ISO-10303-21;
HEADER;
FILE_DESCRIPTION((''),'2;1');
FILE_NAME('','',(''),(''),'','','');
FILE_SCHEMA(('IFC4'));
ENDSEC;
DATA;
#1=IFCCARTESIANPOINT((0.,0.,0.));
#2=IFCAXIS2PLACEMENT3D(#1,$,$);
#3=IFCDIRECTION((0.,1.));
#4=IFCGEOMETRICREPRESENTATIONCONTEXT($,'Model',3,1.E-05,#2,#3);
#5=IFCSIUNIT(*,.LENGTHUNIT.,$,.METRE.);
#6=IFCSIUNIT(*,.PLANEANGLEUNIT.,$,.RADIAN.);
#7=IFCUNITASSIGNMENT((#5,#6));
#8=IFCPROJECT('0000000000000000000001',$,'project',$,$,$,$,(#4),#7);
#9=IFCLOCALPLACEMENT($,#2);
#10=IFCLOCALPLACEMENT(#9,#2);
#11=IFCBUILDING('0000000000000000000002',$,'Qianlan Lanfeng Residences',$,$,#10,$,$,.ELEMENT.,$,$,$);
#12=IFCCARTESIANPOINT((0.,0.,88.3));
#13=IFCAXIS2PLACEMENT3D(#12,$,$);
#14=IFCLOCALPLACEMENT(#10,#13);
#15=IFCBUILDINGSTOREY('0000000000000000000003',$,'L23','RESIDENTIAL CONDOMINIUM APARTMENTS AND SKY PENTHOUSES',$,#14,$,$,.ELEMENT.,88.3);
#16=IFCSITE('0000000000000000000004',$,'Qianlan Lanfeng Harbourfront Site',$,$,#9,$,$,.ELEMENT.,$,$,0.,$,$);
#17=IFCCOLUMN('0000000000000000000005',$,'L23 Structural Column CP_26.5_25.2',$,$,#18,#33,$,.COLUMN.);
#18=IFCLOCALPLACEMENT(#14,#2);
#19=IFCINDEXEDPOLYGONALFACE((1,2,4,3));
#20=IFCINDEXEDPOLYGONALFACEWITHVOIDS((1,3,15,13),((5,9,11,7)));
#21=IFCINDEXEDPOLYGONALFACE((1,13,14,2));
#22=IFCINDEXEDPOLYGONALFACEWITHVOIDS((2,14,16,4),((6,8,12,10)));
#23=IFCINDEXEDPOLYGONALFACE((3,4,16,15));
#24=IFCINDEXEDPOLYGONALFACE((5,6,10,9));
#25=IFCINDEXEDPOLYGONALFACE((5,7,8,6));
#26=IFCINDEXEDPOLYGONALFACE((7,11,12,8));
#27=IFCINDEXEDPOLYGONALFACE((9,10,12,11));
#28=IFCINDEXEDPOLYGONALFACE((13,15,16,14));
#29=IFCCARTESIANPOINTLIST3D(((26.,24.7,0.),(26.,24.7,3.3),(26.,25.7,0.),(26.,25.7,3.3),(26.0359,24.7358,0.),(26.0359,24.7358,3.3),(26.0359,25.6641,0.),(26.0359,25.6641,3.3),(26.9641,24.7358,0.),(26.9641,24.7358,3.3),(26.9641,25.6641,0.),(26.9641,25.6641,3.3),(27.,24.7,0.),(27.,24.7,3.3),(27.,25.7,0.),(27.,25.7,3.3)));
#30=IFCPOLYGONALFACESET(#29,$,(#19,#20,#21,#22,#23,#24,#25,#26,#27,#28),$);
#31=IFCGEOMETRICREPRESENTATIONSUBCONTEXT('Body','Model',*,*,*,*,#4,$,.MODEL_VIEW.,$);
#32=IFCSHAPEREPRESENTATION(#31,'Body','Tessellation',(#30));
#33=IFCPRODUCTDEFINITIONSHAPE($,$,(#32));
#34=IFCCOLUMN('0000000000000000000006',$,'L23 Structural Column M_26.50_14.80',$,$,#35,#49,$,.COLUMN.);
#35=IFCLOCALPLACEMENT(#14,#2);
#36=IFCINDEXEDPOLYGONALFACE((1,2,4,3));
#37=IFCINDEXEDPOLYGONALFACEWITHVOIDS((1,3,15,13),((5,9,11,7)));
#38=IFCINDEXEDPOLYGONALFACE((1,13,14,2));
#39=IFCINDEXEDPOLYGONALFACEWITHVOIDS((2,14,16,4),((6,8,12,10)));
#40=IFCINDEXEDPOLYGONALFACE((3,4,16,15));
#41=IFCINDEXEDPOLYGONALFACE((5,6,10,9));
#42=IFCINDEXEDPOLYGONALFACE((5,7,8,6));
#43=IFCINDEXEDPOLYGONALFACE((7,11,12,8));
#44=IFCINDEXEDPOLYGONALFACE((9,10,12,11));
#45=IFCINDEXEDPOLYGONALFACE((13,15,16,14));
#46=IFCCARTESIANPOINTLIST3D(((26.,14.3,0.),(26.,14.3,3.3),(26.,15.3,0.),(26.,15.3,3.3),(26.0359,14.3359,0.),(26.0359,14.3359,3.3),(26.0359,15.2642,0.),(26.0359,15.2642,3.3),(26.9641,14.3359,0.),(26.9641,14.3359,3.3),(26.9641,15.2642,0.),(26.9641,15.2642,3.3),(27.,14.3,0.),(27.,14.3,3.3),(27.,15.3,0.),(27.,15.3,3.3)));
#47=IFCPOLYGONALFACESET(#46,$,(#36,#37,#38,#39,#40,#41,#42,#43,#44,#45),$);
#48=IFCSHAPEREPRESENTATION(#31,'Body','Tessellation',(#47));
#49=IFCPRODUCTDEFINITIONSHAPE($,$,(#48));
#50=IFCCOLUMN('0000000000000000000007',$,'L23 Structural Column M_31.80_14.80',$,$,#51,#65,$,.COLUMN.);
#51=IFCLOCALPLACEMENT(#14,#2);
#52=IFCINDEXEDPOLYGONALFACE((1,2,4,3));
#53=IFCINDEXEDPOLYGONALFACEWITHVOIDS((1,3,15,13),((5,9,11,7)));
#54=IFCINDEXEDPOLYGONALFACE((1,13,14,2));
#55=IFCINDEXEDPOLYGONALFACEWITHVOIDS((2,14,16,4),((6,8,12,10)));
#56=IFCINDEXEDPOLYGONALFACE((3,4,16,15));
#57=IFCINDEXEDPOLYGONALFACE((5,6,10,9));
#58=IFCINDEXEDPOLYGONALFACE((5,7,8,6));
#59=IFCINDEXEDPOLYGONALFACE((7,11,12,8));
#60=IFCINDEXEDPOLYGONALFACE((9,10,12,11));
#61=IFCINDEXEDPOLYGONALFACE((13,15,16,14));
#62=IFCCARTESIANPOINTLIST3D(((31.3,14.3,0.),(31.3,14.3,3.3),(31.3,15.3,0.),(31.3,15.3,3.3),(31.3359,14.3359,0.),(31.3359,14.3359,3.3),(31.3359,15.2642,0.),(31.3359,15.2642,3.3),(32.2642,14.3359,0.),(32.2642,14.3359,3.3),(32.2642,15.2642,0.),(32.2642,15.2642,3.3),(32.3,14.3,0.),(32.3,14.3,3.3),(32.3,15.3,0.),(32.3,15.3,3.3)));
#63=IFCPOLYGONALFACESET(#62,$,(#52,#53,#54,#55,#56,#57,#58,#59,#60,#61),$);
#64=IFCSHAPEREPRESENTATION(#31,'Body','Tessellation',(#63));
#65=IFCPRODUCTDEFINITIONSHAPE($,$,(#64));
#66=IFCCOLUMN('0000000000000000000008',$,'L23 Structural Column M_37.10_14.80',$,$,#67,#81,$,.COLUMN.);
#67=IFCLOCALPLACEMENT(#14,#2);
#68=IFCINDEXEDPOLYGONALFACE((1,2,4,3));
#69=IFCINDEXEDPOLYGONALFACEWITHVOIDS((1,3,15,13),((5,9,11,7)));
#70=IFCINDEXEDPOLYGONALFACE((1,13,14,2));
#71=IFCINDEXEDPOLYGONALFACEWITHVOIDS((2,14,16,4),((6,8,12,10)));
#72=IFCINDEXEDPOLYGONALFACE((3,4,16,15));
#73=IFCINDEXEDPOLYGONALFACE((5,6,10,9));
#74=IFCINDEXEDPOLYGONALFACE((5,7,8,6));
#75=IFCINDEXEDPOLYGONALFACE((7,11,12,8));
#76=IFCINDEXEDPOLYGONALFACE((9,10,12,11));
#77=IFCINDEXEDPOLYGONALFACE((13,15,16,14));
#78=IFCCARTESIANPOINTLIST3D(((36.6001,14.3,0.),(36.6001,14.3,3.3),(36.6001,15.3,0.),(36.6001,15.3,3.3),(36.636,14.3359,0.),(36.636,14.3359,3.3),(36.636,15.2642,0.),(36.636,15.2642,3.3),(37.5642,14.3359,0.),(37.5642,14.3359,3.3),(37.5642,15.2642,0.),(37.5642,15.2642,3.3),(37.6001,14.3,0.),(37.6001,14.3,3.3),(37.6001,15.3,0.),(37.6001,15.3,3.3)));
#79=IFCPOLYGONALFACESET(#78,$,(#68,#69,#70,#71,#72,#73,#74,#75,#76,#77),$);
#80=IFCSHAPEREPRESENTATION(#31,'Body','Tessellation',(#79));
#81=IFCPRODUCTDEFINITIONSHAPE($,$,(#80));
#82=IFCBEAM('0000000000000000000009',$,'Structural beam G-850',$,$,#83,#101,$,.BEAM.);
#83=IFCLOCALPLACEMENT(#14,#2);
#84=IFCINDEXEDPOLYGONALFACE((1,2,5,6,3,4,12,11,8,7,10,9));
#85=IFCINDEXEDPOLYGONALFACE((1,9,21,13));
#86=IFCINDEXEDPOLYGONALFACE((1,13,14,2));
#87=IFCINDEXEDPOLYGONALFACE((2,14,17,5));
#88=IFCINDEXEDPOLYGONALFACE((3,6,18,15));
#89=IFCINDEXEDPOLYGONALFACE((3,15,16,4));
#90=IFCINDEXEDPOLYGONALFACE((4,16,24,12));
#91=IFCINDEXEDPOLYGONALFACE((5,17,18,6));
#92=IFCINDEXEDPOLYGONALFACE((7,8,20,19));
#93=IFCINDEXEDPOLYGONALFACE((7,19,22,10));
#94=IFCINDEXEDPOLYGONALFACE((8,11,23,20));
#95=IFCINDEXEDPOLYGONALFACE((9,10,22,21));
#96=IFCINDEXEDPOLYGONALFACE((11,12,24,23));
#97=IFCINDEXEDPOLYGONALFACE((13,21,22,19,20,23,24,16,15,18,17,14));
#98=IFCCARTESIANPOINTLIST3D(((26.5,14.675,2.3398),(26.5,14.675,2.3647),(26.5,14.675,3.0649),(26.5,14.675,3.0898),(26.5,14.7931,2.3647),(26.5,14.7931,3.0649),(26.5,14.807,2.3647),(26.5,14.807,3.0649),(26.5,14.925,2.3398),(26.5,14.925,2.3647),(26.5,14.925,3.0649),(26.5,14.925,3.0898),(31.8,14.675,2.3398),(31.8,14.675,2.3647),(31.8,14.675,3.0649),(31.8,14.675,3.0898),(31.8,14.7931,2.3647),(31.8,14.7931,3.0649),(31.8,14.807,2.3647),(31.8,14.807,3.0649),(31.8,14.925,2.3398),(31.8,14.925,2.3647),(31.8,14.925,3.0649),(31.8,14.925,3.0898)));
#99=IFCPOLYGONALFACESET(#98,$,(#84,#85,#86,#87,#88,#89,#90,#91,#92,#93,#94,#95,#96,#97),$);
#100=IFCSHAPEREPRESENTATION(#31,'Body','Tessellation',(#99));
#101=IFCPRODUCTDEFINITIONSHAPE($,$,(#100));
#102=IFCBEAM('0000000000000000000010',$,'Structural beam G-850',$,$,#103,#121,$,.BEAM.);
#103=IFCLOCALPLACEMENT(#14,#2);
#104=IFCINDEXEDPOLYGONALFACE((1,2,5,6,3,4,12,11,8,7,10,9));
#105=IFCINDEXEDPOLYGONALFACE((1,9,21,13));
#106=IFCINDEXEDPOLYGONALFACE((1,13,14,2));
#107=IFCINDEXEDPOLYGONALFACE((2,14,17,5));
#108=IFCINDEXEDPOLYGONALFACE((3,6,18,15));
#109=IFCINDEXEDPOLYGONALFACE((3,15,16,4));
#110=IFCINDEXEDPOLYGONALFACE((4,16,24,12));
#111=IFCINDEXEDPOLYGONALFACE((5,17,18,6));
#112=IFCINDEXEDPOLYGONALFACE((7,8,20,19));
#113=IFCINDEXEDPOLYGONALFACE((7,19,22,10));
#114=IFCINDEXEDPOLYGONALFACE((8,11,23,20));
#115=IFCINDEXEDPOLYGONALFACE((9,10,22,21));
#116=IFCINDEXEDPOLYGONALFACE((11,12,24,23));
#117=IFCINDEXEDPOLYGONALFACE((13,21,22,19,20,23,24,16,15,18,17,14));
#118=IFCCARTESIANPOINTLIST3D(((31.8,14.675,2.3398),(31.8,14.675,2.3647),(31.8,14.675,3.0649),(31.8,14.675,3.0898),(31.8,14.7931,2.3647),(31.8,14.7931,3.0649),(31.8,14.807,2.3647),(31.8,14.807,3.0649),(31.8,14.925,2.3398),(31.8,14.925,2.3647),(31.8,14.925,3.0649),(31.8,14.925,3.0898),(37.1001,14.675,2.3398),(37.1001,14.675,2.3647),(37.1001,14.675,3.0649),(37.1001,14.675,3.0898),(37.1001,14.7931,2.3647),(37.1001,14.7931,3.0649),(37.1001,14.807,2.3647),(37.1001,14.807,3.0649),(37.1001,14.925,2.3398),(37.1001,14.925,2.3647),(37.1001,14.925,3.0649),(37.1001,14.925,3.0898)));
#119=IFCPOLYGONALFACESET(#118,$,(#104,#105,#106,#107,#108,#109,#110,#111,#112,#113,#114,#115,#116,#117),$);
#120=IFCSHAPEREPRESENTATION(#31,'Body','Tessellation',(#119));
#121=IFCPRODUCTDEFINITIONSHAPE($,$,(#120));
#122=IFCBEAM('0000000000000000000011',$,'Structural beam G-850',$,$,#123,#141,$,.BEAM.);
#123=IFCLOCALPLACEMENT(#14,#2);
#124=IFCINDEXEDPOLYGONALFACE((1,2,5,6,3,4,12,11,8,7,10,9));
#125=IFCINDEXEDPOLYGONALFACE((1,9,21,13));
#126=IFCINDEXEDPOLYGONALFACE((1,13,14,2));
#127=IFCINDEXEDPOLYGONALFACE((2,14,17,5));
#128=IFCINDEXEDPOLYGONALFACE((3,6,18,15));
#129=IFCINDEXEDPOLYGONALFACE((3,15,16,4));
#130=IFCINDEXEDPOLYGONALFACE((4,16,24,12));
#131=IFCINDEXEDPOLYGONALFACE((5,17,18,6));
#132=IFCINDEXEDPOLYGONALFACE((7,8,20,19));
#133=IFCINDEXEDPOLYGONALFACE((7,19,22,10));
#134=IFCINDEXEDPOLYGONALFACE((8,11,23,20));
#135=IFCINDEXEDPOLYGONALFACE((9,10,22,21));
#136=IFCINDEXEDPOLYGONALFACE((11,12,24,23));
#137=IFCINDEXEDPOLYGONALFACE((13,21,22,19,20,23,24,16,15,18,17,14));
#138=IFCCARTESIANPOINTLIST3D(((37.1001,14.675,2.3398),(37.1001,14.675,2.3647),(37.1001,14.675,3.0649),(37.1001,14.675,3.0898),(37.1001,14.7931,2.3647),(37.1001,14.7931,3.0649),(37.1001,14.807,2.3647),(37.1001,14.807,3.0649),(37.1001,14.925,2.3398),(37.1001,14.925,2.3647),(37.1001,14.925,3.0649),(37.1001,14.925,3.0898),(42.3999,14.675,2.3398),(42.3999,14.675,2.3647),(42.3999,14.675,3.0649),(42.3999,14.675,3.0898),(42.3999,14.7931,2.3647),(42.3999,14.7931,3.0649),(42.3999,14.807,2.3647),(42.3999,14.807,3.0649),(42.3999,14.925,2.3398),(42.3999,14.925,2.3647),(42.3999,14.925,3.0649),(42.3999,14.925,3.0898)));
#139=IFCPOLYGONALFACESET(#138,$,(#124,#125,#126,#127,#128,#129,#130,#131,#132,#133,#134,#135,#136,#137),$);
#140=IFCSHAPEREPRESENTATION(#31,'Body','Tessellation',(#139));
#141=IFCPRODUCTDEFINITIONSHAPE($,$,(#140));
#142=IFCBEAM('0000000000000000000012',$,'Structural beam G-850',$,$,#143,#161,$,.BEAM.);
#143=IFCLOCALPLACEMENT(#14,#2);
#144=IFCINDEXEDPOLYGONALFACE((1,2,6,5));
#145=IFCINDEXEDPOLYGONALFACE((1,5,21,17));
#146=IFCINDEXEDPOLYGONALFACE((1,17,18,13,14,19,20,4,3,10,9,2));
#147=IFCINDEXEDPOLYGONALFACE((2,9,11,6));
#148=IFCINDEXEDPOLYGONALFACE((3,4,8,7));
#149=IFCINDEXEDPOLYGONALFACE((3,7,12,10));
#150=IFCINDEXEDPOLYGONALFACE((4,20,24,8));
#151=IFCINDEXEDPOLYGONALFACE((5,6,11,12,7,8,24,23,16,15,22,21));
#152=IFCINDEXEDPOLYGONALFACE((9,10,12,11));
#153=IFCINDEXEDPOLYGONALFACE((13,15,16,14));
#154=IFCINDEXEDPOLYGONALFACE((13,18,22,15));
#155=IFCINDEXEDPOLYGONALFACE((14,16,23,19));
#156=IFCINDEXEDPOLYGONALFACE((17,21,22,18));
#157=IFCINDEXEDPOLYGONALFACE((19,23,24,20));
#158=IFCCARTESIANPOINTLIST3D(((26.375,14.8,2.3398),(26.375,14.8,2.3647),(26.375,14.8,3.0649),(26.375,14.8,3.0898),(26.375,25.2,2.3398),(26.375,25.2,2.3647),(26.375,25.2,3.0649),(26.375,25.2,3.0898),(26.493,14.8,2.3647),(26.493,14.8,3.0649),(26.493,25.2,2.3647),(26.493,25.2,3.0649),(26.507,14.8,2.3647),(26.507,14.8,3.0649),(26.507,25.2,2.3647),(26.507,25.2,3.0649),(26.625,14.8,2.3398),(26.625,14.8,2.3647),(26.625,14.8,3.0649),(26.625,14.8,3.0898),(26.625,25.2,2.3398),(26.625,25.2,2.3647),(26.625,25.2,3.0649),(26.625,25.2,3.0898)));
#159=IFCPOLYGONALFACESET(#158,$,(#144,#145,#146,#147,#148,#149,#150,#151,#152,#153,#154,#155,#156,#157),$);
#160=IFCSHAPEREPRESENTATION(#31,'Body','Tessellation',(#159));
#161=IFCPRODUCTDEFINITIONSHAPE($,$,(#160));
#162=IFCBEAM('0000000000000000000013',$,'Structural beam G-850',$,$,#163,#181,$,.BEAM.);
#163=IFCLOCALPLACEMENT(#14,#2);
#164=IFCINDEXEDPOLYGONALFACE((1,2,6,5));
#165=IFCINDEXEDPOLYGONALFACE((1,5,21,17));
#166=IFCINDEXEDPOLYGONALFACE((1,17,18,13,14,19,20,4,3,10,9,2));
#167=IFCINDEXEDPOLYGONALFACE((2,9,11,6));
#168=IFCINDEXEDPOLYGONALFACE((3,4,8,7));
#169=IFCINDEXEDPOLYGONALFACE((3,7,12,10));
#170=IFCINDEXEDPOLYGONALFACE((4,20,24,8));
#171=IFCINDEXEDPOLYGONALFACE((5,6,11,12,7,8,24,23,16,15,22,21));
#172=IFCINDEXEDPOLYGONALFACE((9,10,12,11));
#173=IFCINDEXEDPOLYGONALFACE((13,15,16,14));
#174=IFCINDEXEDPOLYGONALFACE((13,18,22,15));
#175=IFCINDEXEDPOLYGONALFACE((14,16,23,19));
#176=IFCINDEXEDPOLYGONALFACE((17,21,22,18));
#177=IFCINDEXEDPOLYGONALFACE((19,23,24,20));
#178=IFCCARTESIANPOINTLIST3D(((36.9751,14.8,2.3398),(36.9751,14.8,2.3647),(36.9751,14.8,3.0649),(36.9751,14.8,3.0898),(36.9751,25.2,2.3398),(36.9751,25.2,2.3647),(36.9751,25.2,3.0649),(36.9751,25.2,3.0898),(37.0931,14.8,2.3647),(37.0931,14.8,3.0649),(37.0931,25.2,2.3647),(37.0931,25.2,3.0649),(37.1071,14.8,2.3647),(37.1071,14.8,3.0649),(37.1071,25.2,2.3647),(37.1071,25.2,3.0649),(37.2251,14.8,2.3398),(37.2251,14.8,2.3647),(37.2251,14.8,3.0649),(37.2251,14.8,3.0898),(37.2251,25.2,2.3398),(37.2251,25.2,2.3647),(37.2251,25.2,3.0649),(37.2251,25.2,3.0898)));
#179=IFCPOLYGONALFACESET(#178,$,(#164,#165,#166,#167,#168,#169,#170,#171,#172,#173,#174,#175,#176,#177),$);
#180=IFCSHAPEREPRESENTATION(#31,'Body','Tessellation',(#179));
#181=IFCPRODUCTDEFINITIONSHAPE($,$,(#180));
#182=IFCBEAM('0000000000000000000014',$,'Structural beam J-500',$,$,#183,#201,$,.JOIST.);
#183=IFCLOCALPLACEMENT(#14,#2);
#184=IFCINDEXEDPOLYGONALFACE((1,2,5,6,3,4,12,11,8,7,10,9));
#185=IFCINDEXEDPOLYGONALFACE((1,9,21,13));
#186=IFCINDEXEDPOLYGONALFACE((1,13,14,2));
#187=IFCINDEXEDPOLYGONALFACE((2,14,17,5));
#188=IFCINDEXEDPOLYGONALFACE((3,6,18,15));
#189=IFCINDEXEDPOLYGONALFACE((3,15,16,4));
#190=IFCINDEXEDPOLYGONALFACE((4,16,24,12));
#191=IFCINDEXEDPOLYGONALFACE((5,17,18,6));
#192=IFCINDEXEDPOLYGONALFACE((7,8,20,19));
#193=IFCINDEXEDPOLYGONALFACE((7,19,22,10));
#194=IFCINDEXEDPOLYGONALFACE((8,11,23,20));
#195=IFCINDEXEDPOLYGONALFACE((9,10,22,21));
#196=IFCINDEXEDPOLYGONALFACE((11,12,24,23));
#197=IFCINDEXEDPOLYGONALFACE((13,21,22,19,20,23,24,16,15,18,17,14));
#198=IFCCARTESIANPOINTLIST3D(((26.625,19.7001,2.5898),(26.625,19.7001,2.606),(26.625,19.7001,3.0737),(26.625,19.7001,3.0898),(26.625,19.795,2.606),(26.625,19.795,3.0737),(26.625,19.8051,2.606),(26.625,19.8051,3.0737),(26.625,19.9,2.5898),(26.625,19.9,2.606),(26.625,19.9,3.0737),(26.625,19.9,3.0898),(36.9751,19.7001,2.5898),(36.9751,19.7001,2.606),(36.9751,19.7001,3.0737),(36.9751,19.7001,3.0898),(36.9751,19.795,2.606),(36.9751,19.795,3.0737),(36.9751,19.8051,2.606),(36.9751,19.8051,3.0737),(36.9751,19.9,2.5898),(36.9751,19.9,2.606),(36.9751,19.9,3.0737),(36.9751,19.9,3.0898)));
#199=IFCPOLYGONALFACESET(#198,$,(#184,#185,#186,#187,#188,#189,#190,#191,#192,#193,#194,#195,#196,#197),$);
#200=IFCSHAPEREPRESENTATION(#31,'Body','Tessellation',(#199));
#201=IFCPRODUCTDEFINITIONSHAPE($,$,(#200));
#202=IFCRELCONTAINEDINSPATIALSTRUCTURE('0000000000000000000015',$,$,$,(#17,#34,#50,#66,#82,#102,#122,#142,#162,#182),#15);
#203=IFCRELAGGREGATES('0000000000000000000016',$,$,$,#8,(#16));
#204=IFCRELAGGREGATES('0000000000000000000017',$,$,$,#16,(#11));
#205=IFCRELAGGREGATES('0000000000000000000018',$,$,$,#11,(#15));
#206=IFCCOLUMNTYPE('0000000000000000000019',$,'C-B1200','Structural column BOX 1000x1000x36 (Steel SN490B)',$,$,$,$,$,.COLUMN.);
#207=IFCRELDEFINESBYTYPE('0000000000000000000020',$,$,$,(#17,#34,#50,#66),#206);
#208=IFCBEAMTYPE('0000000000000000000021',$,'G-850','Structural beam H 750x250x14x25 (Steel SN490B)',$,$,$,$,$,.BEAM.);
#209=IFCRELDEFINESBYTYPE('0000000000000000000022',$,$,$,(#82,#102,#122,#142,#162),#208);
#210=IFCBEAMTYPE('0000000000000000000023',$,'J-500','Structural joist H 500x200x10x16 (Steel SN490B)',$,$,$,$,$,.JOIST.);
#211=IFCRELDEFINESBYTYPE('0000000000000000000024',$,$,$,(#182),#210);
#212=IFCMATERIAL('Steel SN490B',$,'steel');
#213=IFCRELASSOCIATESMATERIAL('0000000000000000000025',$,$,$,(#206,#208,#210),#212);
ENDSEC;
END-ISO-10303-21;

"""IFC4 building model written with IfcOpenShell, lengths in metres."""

from ifc_helpers import new_model, si_unit, direction, frame, origin, origin_2d, place, context, subcontext, project, spatial, hollow_rectangle, i_section, extrude, material, material_profile, profile_set, type_object, element, save


model = new_model("IFC4")

# Units and contexts
model_context = context("Model", 3, precision=1e-05, world=origin(), true_north=direction((0.0, 1.0)))
body_context = subcontext(model_context, "Body", "Model", "MODEL_VIEW")
ifc_project = project(units=[si_unit("LENGTHUNIT", "METRE"), si_unit("PLANEANGLEUNIT", "RADIAN")], contexts=[model_context])

# Site, building, storey
site_placement = place(None, origin())
site = spatial("IfcSite", under=ifc_project, at=site_placement, Name="Qianlan Lanfeng Harbourfront Site", CompositionType="ELEMENT", RefElevation=0.0)
building_placement = place(site_placement, origin())
building = spatial("IfcBuilding", under=site, at=building_placement, Name="Qianlan Lanfeng Residences", CompositionType="ELEMENT")
storey_placement = place(building_placement, frame((0.0, 0.0, 88.3)))
storey = spatial("IfcBuildingStorey", under=building, at=storey_placement, Name="L23", Description="RESIDENTIAL CONDOMINIUM APARTMENTS AND SKY PENTHOUSES", CompositionType="ELEMENT", Elevation=88.3)

# Columns
ifc_material_1 = material(Name="Steel SN490B", Category="steel")
ifc_material_profile_1 = material_profile(ifc_material_1, hollow_rectangle(XDim=1.0, YDim=1.0, WallThickness=0.0359, at=origin_2d()), Name="BOX 1000x1000x36")
ifc_profile_set_1 = profile_set([ifc_material_profile_1], Name="Steel SN490B")
column_type = type_object("IfcColumnType", Name="C-B1200", Description="Structural column BOX 1000x1000x36 (Steel SN490B)", PredefinedType="COLUMN", material=ifc_profile_set_1)
for number, where, z_axis, x_axis, name in (
    (1, (26.5, 25.2, 0.0), (0.0, 0.0, 1.0), (1.0, 0.0, 0.0), "L23 Structural Column CP_26.5_25.2"),
    (2, (26.5, 14.8, 0.0), (0.0, 0.0, 1.0), (1.0, 0.0, 0.0), "L23 Structural Column M_26.50_14.80"),
    (3, (31.8, 14.8, 0.0), (0.0, 0.0, 1.0), (1.0, 0.0, 0.0), "L23 Structural Column M_31.80_14.80"),
    (4, (37.1001, 14.8, 0.0), (0.0, 0.0, 1.0), (1.0, 0.0, 0.0), "L23 Structural Column M_37.10_14.80"),
):
    element("IfcColumn", number, at=place(storey_placement, frame(where, z_axis=z_axis, x_axis=x_axis)), inside=storey, type_object=column_type, Name=name, PredefinedType="COLUMN", context=body_context, shape_type="SweptSolid", body=[
        extrude(hollow_rectangle(XDim=1.0, YDim=1.0, WallThickness=0.0359, at=origin_2d()), origin(), (0.0, 0.0, 1.0), 3.3),
    ])

# Beams
ifc_material_profile_2 = material_profile(ifc_material_1, i_section(OverallWidth=0.25, OverallDepth=0.75, WebThickness=0.0139, FlangeThickness=0.0249, at=origin_2d()), Name="H 750x250x14x25")
ifc_profile_set_2 = profile_set([ifc_material_profile_2], Name="Steel SN490B")
beam_type_1 = type_object("IfcBeamType", Name="G-850", Description="Structural beam H 750x250x14x25 (Steel SN490B)", PredefinedType="BEAM", material=ifc_profile_set_2)
for number, where, z_axis, x_axis, name in (
    (5, (26.5, 14.8, 2.7148), (1.0, 0.0, 0.0), (0.0, 1.0, 0.0), "Structural beam G-850"),
    (6, (31.8, 14.8, 2.7148), (1.0, 0.0, 0.0), (0.0, 1.0, 0.0), "Structural beam G-850"),
):
    element("IfcBeam", number, at=place(storey_placement, frame(where, z_axis=z_axis, x_axis=x_axis)), inside=storey, type_object=beam_type_1, Name=name, PredefinedType="BEAM", context=body_context, shape_type="SweptSolid", body=[
        extrude(i_section(OverallWidth=0.25, OverallDepth=0.75, WebThickness=0.0139, FlangeThickness=0.0249, at=origin_2d()), origin(), (0.0, 0.0, 1.0), 5.3),
    ])
beam_1_placement = place(storey_placement, frame((37.1001, 14.8, 2.7148), z_axis=(1.0, 0.0, 0.0), x_axis=(0.0, 1.0, 0.0)))
element("IfcBeam", 7, at=beam_1_placement, inside=storey, type_object=beam_type_1, Name="Structural beam G-850", PredefinedType="BEAM", context=body_context, shape_type="SweptSolid", body=[
    extrude(i_section(OverallWidth=0.25, OverallDepth=0.75, WebThickness=0.0139, FlangeThickness=0.0249, at=origin_2d()), origin(), (0.0, 0.0, 1.0), 5.2998),
])
for number, where, z_axis, x_axis, name in (
    (8, (26.5, 14.8, 2.7148), (0.0, 1.0, 0.0), (-1.0, 0.0, 0.0), "Structural beam G-850"),
    (9, (37.1001, 14.8, 2.7148), (0.0, 1.0, 0.0), (-1.0, 0.0, 0.0), "Structural beam G-850"),
):
    element("IfcBeam", number, at=place(storey_placement, frame(where, z_axis=z_axis, x_axis=x_axis)), inside=storey, type_object=beam_type_1, Name=name, PredefinedType="BEAM", context=body_context, shape_type="SweptSolid", body=[
        extrude(i_section(OverallWidth=0.25, OverallDepth=0.75, WebThickness=0.0139, FlangeThickness=0.0249, at=origin_2d()), origin(), (0.0, 0.0, 1.0), 10.3999),
    ])
ifc_material_profile_3 = material_profile(ifc_material_1, i_section(OverallWidth=0.2, OverallDepth=0.5, WebThickness=0.01, FlangeThickness=0.0161, at=origin_2d()), Name="H 500x200x10x16")
ifc_profile_set_3 = profile_set([ifc_material_profile_3], Name="Steel SN490B")
beam_type_2 = type_object("IfcBeamType", Name="J-500", Description="Structural joist H 500x200x10x16 (Steel SN490B)", PredefinedType="JOIST", material=ifc_profile_set_3)
beam_2_placement = place(storey_placement, frame((26.625, 19.8, 2.8398), z_axis=(1.0, 0.0, 0.0), x_axis=(0.0, 1.0, 0.0)))
element("IfcBeam", 10, at=beam_2_placement, inside=storey, type_object=beam_type_2, Name="Structural beam J-500", PredefinedType="JOIST", context=body_context, shape_type="SweptSolid", body=[
    extrude(i_section(OverallWidth=0.2, OverallDepth=0.5, WebThickness=0.01, FlangeThickness=0.0161, at=origin_2d()), origin(), (0.0, 0.0, 1.0), 10.3501),
])

save(model, "model.ifc")
